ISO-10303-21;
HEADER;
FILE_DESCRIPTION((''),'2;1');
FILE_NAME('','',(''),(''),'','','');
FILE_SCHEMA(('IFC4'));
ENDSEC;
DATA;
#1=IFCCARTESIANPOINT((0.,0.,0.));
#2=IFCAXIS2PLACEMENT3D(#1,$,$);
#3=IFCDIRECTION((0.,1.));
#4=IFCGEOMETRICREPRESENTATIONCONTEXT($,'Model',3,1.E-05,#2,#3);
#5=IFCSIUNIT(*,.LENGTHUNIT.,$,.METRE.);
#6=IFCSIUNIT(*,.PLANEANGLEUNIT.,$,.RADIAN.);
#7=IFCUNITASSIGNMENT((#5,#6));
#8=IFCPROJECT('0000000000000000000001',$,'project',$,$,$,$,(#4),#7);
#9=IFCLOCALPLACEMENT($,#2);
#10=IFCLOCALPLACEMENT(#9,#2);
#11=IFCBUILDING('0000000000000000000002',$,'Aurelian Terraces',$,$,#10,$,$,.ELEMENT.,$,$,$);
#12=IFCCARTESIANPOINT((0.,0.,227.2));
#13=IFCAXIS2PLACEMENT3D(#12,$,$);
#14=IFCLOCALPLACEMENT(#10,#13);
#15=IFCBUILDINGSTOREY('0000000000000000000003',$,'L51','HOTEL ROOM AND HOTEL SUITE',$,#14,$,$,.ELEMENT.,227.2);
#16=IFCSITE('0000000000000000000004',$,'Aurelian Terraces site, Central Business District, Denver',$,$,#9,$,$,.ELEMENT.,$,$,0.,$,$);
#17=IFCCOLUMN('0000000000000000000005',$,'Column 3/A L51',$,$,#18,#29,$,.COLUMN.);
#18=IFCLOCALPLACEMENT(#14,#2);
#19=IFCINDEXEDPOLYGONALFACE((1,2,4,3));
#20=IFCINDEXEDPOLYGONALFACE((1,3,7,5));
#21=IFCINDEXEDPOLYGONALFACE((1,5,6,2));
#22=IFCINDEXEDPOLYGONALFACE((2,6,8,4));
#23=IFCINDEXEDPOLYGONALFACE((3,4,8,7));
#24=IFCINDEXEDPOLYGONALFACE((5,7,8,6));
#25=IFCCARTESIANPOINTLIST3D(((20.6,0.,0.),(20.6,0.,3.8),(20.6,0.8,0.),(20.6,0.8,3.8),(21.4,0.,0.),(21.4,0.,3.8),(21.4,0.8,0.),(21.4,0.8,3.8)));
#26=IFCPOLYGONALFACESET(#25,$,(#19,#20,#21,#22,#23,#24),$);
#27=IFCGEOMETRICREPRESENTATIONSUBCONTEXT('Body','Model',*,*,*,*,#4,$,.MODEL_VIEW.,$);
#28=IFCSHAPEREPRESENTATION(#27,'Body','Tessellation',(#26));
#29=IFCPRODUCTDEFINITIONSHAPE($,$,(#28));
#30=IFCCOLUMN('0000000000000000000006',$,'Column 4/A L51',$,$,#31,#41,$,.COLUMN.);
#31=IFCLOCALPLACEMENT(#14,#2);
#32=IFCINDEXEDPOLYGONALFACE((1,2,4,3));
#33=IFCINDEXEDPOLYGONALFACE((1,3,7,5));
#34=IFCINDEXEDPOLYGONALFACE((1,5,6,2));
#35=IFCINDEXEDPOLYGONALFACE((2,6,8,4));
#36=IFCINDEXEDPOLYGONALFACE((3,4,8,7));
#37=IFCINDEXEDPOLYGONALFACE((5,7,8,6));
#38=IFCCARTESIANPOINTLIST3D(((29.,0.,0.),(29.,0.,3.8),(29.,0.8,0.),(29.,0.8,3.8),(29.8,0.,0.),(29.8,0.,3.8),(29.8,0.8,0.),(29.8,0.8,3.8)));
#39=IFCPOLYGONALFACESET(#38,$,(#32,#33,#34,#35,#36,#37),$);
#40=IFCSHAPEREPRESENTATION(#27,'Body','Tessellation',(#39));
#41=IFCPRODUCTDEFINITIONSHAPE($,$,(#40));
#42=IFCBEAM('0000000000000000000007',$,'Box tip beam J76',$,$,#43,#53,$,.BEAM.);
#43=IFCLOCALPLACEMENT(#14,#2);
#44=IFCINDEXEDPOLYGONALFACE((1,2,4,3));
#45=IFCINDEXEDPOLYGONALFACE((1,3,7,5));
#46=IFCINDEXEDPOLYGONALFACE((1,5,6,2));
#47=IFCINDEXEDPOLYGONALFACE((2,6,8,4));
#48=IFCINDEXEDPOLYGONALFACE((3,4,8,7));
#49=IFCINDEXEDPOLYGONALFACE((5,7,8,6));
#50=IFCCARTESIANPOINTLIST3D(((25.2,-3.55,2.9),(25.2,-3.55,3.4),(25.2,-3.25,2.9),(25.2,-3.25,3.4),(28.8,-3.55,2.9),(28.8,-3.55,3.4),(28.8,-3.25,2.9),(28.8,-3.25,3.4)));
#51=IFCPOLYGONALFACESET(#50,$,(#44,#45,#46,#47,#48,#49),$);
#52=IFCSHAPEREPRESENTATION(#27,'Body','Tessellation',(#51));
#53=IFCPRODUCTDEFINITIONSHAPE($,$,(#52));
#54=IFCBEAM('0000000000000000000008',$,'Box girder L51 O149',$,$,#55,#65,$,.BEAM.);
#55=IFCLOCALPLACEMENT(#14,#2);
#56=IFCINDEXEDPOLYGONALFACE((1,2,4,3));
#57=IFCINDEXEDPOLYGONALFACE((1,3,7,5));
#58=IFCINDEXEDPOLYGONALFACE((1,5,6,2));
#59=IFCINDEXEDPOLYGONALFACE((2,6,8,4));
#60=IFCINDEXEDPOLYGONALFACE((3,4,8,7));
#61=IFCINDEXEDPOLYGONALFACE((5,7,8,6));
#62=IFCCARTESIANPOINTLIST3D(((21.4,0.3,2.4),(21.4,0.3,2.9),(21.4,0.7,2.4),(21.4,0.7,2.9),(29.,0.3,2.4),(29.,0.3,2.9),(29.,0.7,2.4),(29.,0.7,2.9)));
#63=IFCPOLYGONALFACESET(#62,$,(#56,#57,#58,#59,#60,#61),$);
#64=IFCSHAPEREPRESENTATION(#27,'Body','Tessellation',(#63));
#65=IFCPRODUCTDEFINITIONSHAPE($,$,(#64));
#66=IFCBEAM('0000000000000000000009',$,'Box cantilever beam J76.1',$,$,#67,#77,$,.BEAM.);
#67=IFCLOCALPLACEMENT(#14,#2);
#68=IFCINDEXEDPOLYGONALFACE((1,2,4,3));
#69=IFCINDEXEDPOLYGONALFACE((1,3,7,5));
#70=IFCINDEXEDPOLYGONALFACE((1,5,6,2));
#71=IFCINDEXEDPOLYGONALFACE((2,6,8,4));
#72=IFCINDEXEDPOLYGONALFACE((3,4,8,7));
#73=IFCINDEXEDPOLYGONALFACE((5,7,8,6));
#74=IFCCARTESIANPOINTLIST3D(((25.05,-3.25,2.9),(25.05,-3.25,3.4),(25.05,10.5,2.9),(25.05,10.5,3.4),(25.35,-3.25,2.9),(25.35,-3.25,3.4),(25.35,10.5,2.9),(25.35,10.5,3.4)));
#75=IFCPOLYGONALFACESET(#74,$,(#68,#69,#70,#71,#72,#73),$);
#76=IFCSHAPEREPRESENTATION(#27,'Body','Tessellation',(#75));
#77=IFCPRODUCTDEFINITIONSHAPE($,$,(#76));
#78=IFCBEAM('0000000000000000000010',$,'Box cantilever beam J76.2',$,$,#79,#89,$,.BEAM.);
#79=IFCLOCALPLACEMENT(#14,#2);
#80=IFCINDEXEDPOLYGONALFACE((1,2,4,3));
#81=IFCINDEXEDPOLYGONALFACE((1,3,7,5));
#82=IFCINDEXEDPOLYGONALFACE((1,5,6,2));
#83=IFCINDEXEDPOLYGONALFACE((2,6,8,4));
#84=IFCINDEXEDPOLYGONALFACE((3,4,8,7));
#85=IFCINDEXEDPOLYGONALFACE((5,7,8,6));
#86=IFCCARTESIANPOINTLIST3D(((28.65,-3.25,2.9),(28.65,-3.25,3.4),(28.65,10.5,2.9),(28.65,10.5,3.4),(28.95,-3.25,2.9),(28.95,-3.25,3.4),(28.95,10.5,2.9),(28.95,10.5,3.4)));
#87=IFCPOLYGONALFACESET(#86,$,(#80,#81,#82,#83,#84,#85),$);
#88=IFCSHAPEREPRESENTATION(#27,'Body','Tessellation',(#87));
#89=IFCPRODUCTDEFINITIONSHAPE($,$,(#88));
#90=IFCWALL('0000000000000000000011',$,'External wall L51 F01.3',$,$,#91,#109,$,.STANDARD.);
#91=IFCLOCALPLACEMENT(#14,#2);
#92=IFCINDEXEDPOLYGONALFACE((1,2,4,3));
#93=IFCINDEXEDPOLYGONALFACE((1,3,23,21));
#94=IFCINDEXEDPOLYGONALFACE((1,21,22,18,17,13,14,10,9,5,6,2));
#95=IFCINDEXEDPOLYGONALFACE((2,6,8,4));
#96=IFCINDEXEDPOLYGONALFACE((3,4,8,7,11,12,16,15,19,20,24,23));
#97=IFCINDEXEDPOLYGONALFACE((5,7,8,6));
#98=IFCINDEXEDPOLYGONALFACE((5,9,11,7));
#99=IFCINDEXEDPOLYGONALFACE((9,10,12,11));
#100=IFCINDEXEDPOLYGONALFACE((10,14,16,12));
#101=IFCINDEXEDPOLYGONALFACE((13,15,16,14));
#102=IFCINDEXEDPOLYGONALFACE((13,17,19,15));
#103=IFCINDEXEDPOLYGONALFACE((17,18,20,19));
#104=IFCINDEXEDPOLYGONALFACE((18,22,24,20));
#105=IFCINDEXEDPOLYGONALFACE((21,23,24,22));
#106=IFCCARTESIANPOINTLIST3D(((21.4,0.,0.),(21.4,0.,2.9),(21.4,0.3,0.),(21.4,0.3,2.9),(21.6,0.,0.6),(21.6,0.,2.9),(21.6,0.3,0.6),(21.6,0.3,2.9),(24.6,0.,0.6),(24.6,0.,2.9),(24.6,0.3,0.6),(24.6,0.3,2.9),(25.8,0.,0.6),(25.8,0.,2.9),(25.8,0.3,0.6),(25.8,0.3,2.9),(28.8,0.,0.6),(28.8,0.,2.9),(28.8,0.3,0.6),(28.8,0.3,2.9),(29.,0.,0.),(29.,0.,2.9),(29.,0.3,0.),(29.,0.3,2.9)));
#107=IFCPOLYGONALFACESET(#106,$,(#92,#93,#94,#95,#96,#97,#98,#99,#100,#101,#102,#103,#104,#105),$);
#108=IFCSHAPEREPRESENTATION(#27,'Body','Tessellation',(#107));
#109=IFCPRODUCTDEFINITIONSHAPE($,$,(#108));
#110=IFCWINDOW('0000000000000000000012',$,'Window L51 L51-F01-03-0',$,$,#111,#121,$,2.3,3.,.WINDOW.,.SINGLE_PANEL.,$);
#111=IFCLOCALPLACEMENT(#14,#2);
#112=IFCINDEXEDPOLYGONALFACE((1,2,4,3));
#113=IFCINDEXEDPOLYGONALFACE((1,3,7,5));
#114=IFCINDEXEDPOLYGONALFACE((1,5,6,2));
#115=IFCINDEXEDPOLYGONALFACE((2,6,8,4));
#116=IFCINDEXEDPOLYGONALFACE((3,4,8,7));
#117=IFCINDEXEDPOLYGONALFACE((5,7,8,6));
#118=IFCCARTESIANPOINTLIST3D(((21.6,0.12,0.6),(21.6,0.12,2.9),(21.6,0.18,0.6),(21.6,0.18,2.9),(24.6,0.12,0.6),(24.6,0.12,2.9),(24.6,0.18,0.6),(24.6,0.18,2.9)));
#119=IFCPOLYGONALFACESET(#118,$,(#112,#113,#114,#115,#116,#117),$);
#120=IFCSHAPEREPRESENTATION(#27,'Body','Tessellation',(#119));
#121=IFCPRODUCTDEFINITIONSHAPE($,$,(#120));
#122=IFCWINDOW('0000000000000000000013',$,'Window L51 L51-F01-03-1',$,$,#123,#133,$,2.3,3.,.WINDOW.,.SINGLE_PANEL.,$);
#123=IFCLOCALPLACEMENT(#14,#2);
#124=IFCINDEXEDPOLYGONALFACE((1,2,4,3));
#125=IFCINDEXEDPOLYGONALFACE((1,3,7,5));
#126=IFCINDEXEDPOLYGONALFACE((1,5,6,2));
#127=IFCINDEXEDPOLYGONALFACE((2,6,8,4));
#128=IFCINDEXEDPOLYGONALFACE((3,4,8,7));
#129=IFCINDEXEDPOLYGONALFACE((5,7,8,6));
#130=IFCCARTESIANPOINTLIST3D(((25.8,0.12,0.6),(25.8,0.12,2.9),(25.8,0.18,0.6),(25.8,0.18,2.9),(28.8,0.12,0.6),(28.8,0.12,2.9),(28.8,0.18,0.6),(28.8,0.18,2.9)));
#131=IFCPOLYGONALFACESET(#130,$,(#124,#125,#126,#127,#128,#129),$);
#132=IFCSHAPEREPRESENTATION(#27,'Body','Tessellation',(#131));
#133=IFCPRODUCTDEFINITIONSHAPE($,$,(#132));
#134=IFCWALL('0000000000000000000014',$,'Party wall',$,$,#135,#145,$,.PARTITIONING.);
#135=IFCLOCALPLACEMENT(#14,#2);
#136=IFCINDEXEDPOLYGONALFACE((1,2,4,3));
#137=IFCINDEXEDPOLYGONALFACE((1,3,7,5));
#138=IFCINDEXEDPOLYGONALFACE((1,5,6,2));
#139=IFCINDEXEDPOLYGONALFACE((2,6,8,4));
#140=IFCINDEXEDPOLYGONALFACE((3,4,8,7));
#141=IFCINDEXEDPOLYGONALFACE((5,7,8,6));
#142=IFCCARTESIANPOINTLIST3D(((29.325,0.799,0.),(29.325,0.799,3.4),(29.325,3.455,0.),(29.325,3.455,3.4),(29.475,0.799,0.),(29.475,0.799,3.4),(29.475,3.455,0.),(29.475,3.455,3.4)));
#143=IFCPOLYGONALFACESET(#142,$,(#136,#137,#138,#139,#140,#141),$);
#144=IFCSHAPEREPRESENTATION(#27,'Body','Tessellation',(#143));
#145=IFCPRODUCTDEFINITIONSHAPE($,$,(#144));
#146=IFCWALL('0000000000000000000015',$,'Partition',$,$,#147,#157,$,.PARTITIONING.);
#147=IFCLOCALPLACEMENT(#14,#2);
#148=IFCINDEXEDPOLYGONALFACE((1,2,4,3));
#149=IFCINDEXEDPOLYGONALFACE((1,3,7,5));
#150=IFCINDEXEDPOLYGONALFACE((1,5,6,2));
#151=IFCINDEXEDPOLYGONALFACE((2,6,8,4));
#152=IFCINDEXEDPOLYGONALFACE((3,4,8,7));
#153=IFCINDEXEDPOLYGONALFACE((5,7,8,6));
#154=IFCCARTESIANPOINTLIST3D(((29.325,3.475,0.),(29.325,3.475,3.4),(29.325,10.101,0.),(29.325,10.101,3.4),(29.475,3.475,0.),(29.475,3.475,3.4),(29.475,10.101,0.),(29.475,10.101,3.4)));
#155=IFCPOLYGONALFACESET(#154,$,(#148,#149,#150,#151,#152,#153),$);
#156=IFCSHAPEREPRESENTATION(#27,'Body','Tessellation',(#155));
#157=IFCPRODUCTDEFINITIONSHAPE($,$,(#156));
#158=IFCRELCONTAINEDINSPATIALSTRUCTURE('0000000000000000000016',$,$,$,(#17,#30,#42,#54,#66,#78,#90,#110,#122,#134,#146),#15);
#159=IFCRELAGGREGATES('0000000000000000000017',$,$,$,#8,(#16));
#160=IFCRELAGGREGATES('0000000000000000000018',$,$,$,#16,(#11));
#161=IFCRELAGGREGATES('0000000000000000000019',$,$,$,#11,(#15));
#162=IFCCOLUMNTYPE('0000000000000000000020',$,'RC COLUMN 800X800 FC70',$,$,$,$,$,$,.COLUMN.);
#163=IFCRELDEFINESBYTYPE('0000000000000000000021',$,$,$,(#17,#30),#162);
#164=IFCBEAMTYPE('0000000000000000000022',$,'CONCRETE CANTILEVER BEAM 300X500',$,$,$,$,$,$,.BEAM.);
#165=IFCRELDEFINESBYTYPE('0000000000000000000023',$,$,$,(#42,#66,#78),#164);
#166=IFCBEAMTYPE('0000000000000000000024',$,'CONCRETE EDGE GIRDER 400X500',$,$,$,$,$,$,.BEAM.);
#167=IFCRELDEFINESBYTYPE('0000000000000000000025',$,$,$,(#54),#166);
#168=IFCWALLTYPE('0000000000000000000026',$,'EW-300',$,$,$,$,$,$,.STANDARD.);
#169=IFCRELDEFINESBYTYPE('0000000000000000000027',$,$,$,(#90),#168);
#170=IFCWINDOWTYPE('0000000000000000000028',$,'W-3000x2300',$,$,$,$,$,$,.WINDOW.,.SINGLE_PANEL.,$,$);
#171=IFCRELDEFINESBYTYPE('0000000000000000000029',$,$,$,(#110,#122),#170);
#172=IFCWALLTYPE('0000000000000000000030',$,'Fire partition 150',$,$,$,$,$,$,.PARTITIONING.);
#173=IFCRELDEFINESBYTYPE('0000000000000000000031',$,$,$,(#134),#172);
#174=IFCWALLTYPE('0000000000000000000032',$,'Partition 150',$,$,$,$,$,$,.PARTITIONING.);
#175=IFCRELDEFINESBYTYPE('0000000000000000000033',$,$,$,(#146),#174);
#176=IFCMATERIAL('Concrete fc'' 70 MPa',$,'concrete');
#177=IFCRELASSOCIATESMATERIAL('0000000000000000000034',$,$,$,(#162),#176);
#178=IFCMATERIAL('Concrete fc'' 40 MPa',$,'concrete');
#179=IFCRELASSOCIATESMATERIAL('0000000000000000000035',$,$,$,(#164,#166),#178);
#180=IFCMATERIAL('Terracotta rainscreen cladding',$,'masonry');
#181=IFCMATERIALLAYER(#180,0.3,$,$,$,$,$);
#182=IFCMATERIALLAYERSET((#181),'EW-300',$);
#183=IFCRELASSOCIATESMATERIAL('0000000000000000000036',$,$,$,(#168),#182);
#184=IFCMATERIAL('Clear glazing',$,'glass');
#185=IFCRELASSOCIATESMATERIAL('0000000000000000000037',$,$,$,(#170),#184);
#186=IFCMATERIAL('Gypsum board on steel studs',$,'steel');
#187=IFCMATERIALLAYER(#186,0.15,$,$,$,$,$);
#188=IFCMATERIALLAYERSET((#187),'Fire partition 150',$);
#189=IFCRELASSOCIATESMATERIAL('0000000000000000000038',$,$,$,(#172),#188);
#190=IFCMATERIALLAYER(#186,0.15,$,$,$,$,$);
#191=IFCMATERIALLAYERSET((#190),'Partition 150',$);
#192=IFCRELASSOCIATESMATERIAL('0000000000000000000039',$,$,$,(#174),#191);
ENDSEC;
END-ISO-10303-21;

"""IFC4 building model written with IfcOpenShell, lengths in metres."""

from ifc_helpers import new_model, si_unit, direction, frame, frame_2d, origin, origin_2d, place, context, subcontext, project, spatial, rectangle, extrude, source, transform, mapped, material, layer, layer_set, material_profile, profile_set, type_object, element, fill, save


model = new_model("IFC4")

# Units and contexts
model_context = context("Model", 3, precision=1e-05, world=origin(), true_north=direction((0.0, 1.0)))
body_context = subcontext(model_context, "Body", "Model", "MODEL_VIEW")
ifc_project = project(units=[si_unit("LENGTHUNIT", "METRE"), si_unit("PLANEANGLEUNIT", "RADIAN")], contexts=[model_context])

# Site, building, storey
site_placement = place(None, origin())
site = spatial("IfcSite", under=ifc_project, at=site_placement, Name="Aurelian Terraces site, Central Business District, Denver", CompositionType="ELEMENT", RefElevation=0.0)
building_placement = place(site_placement, origin())
building = spatial("IfcBuilding", under=site, at=building_placement, Name="Aurelian Terraces", CompositionType="ELEMENT")
storey_placement = place(building_placement, frame((0.0, 0.0, 227.2)))
storey = spatial("IfcBuildingStorey", under=building, at=storey_placement, Name="L51", Description="HOTEL ROOM AND HOTEL SUITE", CompositionType="ELEMENT", Elevation=227.2)

# Columns
ifc_material_1 = material(Name="Concrete fc' 70 MPa", Category="concrete")
ifc_material_profile_1 = material_profile(ifc_material_1, rectangle(XDim=0.8, YDim=0.8, at=origin_2d()))
ifc_profile_set_1 = profile_set([ifc_material_profile_1], Name="Concrete fc' 70 MPa")
column_type = type_object("IfcColumnType", Name="RC COLUMN 800X800 FC70", PredefinedType="COLUMN", material=ifc_profile_set_1)
shared_shape_1 = source(origin(), body_context, "Body", "SweptSolid", [
    extrude(rectangle(XDim=0.8, YDim=0.8, at=origin_2d()), origin(), (0.0, 0.0, 1.0), 3.8),
])
for number, where, z_axis, x_axis, name in (
    (1, (21.0, 0.4, 0.0), (0.0, 0.0, 1.0), (1.0, 0.0, 0.0), "Column 3/A L51"),
    (2, (29.4, 0.4, 0.0), (0.0, 0.0, 1.0), (1.0, 0.0, 0.0), "Column 4/A L51"),
):
    element("IfcColumn", number, at=place(storey_placement, frame(where, z_axis=z_axis, x_axis=x_axis)), inside=storey, type_object=column_type, Name=name, PredefinedType="COLUMN", context=body_context, shape_type="MappedRepresentation", body=[
        mapped(shared_shape_1, transform((0.0, 0.0, 0.0), scale=1.0)),
    ])

# Beams
ifc_material_2 = material(Name="Concrete fc' 40 MPa", Category="concrete")
ifc_material_profile_2 = material_profile(ifc_material_2, rectangle(XDim=0.3, YDim=0.5, at=origin_2d()))
ifc_profile_set_2 = profile_set([ifc_material_profile_2], Name="Concrete fc' 40 MPa")
beam_type_1 = type_object("IfcBeamType", Name="CONCRETE CANTILEVER BEAM 300X500", PredefinedType="BEAM", material=ifc_profile_set_2)
beam_1_placement = place(storey_placement, frame((25.2, -3.4, 3.15), z_axis=(1.0, 0.0, 0.0), x_axis=(0.0, 1.0, 0.0)))
element("IfcBeam", 3, at=beam_1_placement, inside=storey, type_object=beam_type_1, Name="Box tip beam J76", PredefinedType="BEAM", context=body_context, shape_type="SweptSolid", body=[
    extrude(rectangle(XDim=0.3, YDim=0.5, at=origin_2d()), origin(), (0.0, 0.0, 1.0), 3.6),
])
ifc_material_profile_3 = material_profile(ifc_material_2, rectangle(XDim=0.4, YDim=0.5, at=origin_2d()))
ifc_profile_set_3 = profile_set([ifc_material_profile_3], Name="Concrete fc' 40 MPa")
beam_type_2 = type_object("IfcBeamType", Name="CONCRETE EDGE GIRDER 400X500", PredefinedType="BEAM", material=ifc_profile_set_3)
beam_2_placement = place(storey_placement, frame((21.4, 0.5, 2.65), z_axis=(1.0, 0.0, 0.0), x_axis=(0.0, 1.0, 0.0)))
element("IfcBeam", 4, at=beam_2_placement, inside=storey, type_object=beam_type_2, Name="Box girder L51 O149", PredefinedType="BEAM", context=body_context, shape_type="SweptSolid", body=[
    extrude(rectangle(XDim=0.4, YDim=0.5, at=origin_2d()), origin(), (0.0, 0.0, 1.0), 7.6),
])
shared_shape_2 = source(origin(), body_context, "Body", "SweptSolid", [
    extrude(rectangle(XDim=0.3, YDim=0.5, at=origin_2d()), origin(), (0.0, 0.0, 1.0), 13.75),
])
for number, where, z_axis, x_axis, name in (
    (5, (25.2, -3.25, 3.15), (0.0, 1.0, 0.0), (-1.0, 0.0, 0.0), "Box cantilever beam J76.1"),
    (6, (28.8, -3.25, 3.15), (0.0, 1.0, 0.0), (-1.0, 0.0, 0.0), "Box cantilever beam J76.2"),
):
    element("IfcBeam", number, at=place(storey_placement, frame(where, z_axis=z_axis, x_axis=x_axis)), inside=storey, type_object=beam_type_1, Name=name, PredefinedType="BEAM", context=body_context, shape_type="MappedRepresentation", body=[
        mapped(shared_shape_2, transform((0.0, 0.0, 0.0), scale=1.0)),
    ])

# Wall, openings, windows
ifc_material_3 = material(Name="Terracotta rainscreen cladding", Category="masonry")
ifc_layer_1 = layer(ifc_material_3, 0.3)
ifc_layer_set_1 = layer_set([ifc_layer_1], Name="EW-300")
wall_type_1 = type_object("IfcWallType", Name="EW-300", PredefinedType="STANDARD", material=ifc_layer_set_1)
wall_1_placement = place(storey_placement, frame((21.4, 0.15, 0.0), z_axis=(0.0, 0.0, 1.0), x_axis=(1.0, 0.0, 0.0)))
wall_1 = element("IfcWall", 7, at=wall_1_placement, inside=storey, type_object=wall_type_1, Name="External wall L51 F01.3", PredefinedType="STANDARD", context=body_context, shape_type="SweptSolid", body=[
    extrude(rectangle(XDim=7.6, YDim=0.3, at=frame_2d((3.8, 0.0))), origin(), (0.0, 0.0, 1.0), 2.9),
])
shared_shape_3 = source(origin(), body_context, "Body", "SweptSolid", [
    extrude(rectangle(XDim=3.0, YDim=2.3, at=frame_2d((1.5, 1.15))), frame((0.0, 0.16, 0.0), z_axis=(0.0, -1.0, 0.0), x_axis=(1.0, 0.0, 0.0)), (0.0, 0.0, 1.0), 0.32),
])
opening_1_placement = place(wall_1_placement, frame((0.2, 0.0, 0.6)))
opening_1 = element("IfcOpeningElement", 8, at=opening_1_placement, cuts=wall_1, PredefinedType="OPENING", context=body_context, shape_type="MappedRepresentation", body=[
    mapped(shared_shape_3, transform((0.0, 0.0, 0.0), scale=1.0)),
])
opening_2_placement = place(wall_1_placement, frame((4.4, 0.0, 0.6)))
opening_2 = element("IfcOpeningElement", 9, at=opening_2_placement, cuts=wall_1, PredefinedType="OPENING", context=body_context, shape_type="MappedRepresentation", body=[
    mapped(shared_shape_3, transform((0.0, 0.0, 0.0), scale=1.0)),
])
ifc_material_4 = material(Name="Clear glazing", Category="glass")
window_type = type_object("IfcWindowType", Name="W-3000x2300", PartitioningType="SINGLE_PANEL", PredefinedType="WINDOW", material=ifc_material_4)
shared_shape_4 = source(origin(), body_context, "Body", "SweptSolid", [
    extrude(rectangle(XDim=3.0, YDim=2.3, at=frame_2d((1.5, 1.15))), frame((0.0, 0.03, 0.0), z_axis=(0.0, -1.0, 0.0), x_axis=(1.0, 0.0, 0.0)), (0.0, 0.0, 1.0), 0.06),
])
window_1_placement = place(opening_1_placement, origin())
window_1 = element("IfcWindow", 10, at=window_1_placement, inside=storey, type_object=window_type, Name="Window L51 L51-F01-03-0", OverallHeight=2.3, OverallWidth=3.0, PartitioningType="SINGLE_PANEL", PredefinedType="WINDOW", context=body_context, shape_type="MappedRepresentation", body=[
    mapped(shared_shape_4, transform((0.0, 0.0, 0.0), scale=1.0)),
])
fill(opening_1, window_1)
window_2_placement = place(opening_2_placement, origin())
window_2 = element("IfcWindow", 11, at=window_2_placement, inside=storey, type_object=window_type, Name="Window L51 L51-F01-03-1", OverallHeight=2.3, OverallWidth=3.0, PartitioningType="SINGLE_PANEL", PredefinedType="WINDOW", context=body_context, shape_type="MappedRepresentation", body=[
    mapped(shared_shape_4, transform((0.0, 0.0, 0.0), scale=1.0)),
])
fill(opening_2, window_2)

# Walls
ifc_material_5 = material(Name="Gypsum board on steel studs", Category="steel")
ifc_layer_2 = layer(ifc_material_5, 0.15)
ifc_layer_set_2 = layer_set([ifc_layer_2], Name="Fire partition 150")
wall_type_2 = type_object("IfcWallType", Name="Fire partition 150", PredefinedType="PARTITIONING", material=ifc_layer_set_2)
wall_2_placement = place(storey_placement, frame((29.4, 0.799, 0.0), z_axis=(0.0, 0.0, 1.0), x_axis=(0.0, 1.0, 0.0)))
element("IfcWall", 12, at=wall_2_placement, inside=storey, type_object=wall_type_2, Name="Party wall", PredefinedType="PARTITIONING", context=body_context, shape_type="SweptSolid", body=[
    extrude(rectangle(XDim=2.656, YDim=0.15, at=frame_2d((1.328, 0.0))), origin(), (0.0, 0.0, 1.0), 3.4),
])
ifc_layer_3 = layer(ifc_material_5, 0.15)
ifc_layer_set_3 = layer_set([ifc_layer_3], Name="Partition 150")
wall_type_3 = type_object("IfcWallType", Name="Partition 150", PredefinedType="PARTITIONING", material=ifc_layer_set_3)
wall_3_placement = place(storey_placement, frame((29.4, 3.475, 0.0), z_axis=(0.0, 0.0, 1.0), x_axis=(0.0, 1.0, 0.0)))
element("IfcWall", 13, at=wall_3_placement, inside=storey, type_object=wall_type_3, Name="Partition", PredefinedType="PARTITIONING", context=body_context, shape_type="SweptSolid", body=[
    extrude(rectangle(XDim=6.626, YDim=0.15, at=frame_2d((3.313, 0.0))), origin(), (0.0, 0.0, 1.0), 3.4),
])

save(model, "model.ifc")
